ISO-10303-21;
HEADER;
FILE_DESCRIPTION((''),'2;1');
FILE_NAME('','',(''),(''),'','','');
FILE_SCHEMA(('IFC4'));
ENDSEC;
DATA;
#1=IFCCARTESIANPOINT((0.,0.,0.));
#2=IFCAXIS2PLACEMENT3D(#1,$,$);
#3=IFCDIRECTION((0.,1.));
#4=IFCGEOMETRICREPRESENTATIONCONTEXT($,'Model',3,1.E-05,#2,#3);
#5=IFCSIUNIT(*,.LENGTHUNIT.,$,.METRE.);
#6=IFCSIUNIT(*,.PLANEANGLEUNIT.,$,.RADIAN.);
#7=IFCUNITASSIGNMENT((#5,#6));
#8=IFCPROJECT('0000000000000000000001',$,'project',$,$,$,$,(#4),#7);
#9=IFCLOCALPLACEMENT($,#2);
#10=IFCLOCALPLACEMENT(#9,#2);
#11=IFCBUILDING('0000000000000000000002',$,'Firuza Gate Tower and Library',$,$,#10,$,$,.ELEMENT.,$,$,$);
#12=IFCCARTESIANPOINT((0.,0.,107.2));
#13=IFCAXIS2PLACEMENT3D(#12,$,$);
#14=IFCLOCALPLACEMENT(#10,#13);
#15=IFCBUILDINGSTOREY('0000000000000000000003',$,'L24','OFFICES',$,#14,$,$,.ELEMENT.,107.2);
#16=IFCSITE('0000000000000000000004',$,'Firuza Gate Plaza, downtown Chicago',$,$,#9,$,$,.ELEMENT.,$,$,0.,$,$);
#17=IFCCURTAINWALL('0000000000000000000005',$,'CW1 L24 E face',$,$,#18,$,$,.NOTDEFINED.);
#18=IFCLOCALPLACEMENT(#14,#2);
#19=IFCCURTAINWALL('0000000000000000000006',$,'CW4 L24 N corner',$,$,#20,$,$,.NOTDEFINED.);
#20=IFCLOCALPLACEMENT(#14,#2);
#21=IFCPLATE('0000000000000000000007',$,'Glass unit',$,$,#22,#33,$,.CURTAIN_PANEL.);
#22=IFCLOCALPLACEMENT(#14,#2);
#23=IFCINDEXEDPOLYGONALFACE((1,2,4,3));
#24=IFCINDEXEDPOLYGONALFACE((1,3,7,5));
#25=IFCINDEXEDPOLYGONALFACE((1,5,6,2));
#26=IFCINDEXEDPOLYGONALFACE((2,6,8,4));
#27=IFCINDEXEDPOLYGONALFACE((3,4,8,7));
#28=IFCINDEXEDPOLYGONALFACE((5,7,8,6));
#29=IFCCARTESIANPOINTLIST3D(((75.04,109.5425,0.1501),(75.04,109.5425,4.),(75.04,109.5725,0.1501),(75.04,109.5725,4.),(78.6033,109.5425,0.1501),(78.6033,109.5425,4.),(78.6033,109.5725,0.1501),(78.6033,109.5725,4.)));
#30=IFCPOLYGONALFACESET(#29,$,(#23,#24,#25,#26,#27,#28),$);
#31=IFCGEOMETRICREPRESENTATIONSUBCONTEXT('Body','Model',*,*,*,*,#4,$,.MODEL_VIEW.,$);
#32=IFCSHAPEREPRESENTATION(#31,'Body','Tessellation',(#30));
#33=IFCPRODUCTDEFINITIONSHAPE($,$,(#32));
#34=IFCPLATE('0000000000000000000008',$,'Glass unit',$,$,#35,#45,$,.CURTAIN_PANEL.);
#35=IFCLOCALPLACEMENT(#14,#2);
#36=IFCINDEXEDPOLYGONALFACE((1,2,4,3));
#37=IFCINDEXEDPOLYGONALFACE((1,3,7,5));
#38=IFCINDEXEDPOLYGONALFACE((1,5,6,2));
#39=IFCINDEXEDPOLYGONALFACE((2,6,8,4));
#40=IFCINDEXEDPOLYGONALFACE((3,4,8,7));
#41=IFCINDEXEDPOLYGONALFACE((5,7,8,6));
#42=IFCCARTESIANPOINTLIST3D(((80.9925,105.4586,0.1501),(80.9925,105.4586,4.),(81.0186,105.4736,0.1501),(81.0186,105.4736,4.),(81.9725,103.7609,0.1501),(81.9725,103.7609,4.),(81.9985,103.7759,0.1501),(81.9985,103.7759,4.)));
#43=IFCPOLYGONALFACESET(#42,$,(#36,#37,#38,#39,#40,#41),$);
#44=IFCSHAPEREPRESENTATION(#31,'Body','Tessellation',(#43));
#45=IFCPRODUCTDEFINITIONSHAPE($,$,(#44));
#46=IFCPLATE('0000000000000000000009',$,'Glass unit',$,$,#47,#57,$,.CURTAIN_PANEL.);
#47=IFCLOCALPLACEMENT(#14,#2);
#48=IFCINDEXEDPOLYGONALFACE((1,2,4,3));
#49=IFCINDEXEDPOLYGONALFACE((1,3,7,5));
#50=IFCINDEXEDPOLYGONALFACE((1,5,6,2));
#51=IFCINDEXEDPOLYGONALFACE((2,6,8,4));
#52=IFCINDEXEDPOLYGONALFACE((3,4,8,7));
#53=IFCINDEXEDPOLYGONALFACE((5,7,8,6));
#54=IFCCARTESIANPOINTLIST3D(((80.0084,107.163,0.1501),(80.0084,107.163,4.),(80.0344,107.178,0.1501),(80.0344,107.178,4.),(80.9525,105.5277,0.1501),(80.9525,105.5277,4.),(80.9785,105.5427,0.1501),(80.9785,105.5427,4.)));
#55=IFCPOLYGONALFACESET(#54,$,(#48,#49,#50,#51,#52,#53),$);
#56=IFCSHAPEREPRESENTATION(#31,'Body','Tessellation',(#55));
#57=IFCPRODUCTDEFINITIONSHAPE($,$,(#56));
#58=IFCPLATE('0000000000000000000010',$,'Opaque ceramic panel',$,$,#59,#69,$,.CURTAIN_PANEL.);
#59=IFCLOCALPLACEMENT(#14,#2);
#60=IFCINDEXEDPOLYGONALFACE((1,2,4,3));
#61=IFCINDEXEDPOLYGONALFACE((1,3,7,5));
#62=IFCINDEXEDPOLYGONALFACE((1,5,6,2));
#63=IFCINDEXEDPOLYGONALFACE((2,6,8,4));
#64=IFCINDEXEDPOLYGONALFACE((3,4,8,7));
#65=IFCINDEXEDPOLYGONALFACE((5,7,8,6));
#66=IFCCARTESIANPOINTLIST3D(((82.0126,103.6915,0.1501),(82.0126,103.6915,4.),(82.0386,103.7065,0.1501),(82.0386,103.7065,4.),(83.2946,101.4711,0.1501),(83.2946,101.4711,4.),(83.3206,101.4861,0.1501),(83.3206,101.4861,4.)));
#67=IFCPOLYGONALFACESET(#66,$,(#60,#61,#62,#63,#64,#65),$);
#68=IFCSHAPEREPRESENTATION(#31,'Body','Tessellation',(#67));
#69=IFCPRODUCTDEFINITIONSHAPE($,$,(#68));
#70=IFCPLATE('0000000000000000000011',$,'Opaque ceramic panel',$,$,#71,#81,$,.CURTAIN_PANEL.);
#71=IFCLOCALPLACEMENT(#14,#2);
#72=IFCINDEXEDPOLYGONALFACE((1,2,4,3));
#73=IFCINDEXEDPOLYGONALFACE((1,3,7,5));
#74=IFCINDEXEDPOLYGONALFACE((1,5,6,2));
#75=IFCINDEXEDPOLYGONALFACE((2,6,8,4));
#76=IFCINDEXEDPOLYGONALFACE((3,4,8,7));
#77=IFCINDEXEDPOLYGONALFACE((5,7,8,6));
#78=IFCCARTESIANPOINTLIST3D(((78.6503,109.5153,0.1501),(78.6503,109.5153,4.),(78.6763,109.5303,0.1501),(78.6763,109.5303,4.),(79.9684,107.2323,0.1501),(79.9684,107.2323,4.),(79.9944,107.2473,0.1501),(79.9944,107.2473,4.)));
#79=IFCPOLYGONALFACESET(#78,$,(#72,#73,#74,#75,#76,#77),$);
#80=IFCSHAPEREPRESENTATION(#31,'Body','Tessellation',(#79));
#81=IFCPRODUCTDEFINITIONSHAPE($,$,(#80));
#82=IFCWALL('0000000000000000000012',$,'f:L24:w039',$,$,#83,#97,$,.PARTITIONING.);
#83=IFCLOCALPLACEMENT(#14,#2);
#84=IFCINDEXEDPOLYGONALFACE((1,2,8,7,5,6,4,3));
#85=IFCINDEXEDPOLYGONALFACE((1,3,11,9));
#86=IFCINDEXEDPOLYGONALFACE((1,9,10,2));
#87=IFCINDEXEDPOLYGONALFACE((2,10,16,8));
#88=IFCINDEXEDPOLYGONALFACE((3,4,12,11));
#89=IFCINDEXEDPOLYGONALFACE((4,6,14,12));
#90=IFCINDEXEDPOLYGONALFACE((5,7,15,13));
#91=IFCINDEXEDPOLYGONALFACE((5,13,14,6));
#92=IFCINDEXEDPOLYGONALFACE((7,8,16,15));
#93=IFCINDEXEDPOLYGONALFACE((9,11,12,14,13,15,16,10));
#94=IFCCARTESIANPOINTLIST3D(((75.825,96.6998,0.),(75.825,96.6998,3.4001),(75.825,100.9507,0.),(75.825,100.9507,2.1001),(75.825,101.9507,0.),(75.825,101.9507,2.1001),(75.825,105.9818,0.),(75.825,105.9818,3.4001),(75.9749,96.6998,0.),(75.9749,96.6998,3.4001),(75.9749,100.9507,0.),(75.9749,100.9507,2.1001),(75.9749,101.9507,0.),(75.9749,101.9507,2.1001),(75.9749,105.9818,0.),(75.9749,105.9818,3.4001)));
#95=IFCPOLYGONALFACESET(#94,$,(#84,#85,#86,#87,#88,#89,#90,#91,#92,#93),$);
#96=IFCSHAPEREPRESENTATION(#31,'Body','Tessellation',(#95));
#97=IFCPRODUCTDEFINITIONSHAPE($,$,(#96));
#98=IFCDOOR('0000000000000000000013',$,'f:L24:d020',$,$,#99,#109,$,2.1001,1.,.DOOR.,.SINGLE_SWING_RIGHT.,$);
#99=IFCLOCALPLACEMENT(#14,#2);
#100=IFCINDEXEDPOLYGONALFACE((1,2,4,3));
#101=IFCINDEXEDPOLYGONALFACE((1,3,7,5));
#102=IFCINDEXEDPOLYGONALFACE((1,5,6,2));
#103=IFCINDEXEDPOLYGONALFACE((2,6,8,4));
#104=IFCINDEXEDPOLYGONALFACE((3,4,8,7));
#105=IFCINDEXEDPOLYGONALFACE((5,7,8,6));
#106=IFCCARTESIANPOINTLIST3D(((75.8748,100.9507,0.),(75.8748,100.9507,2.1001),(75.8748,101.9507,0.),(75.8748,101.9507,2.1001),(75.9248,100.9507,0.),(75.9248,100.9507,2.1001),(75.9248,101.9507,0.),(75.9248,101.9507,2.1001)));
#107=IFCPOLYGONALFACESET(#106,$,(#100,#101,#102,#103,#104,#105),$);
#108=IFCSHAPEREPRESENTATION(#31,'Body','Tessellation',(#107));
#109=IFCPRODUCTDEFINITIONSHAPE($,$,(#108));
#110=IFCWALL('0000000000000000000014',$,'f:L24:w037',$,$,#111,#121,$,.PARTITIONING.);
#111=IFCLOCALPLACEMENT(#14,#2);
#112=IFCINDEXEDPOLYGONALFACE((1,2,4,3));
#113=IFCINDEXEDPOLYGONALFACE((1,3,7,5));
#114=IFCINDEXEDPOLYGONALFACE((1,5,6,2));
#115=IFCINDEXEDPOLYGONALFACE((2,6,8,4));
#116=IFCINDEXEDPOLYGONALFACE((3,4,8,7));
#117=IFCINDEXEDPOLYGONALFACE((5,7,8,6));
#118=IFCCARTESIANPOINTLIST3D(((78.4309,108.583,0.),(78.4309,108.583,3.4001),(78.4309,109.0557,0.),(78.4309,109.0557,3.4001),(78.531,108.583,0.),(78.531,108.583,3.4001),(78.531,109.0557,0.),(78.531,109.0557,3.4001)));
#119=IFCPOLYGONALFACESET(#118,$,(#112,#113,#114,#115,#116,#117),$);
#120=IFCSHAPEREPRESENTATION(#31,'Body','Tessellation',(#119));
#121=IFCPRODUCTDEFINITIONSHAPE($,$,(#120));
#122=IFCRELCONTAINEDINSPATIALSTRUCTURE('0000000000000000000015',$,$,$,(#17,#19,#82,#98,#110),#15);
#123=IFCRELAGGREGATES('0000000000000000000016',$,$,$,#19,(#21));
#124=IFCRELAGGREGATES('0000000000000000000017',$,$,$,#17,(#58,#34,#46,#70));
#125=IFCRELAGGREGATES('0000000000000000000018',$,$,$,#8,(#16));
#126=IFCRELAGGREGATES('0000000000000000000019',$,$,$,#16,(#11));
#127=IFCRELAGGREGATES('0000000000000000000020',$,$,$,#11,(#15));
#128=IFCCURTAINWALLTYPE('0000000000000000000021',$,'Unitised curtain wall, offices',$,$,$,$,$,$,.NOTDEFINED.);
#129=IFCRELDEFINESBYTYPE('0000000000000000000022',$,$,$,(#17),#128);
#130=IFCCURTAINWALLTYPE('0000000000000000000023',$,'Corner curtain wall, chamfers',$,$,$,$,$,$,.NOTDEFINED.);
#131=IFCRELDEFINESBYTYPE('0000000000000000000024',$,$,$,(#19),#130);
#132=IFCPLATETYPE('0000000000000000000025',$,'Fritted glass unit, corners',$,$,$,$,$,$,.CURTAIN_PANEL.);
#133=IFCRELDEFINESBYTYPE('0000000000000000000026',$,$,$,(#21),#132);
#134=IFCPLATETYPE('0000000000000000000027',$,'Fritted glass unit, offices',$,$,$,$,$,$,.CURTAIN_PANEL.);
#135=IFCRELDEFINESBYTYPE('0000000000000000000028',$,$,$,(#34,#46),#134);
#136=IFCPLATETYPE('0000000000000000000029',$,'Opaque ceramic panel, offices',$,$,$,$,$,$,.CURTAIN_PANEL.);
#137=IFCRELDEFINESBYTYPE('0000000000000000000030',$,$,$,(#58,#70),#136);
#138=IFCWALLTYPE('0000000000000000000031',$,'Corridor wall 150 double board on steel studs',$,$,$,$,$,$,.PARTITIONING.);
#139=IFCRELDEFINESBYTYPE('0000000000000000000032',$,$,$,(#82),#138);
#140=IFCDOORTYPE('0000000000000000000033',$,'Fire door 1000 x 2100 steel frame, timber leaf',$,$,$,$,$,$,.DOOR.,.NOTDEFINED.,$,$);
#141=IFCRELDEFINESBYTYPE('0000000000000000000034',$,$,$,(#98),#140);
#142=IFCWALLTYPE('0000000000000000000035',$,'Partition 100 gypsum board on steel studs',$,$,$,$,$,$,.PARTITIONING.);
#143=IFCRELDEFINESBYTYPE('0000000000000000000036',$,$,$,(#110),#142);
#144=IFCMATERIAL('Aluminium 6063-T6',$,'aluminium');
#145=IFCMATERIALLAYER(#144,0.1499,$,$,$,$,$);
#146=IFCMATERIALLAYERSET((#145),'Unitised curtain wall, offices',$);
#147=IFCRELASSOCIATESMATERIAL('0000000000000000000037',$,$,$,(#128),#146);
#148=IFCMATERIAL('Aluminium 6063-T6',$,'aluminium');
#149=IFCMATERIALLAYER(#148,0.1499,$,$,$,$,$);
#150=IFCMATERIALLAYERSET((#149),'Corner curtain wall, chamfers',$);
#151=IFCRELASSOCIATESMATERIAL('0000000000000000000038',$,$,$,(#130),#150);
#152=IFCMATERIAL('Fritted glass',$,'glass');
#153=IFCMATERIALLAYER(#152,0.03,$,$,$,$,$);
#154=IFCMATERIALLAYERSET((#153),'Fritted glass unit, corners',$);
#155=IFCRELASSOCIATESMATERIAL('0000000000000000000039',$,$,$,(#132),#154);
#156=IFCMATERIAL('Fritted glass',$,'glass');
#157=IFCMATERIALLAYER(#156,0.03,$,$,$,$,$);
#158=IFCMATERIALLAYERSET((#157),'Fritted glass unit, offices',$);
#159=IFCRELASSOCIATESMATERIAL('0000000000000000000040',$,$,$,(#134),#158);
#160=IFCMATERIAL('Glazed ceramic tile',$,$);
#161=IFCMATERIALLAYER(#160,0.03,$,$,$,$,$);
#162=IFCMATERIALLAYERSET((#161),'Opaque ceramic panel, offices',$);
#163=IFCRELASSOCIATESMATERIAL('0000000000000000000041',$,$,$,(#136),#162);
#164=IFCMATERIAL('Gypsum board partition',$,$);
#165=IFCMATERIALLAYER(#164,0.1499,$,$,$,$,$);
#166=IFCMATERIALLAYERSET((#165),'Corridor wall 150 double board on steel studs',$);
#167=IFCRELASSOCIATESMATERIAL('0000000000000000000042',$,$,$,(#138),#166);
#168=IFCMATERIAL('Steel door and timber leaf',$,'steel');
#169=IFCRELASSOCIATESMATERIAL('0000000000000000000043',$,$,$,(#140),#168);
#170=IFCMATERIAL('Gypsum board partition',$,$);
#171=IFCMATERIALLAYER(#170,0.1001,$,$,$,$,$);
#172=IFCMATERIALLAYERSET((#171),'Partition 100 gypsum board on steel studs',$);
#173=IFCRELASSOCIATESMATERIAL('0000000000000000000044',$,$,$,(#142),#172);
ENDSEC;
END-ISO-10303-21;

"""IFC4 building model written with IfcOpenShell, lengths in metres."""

from ifc_helpers import new_model, si_unit, direction, frame, frame_2d, origin, place, context, subcontext, project, spatial, polyline, rectangle, outline, extrude, material, layer, layer_set, type_object, element, fill, aggregate, save


model = new_model("IFC4")

# Units and contexts
model_context = context("Model", 3, precision=1e-05, world=origin(), true_north=direction((0.0, 1.0)))
body_context = subcontext(model_context, "Body", "Model", "MODEL_VIEW")
ifc_project = project(units=[si_unit("LENGTHUNIT", "METRE"), si_unit("PLANEANGLEUNIT", "RADIAN")], contexts=[model_context])

# Site, building, storey
site_placement = place(None, origin())
site = spatial("IfcSite", under=ifc_project, at=site_placement, Name="Firuza Gate Plaza, downtown Chicago", CompositionType="ELEMENT", RefElevation=0.0)
building_placement = place(site_placement, origin())
building = spatial("IfcBuilding", under=site, at=building_placement, Name="Firuza Gate Tower and Library", CompositionType="ELEMENT")
storey_placement = place(building_placement, frame((0.0, 0.0, 107.2)))
storey = spatial("IfcBuildingStorey", under=building, at=storey_placement, Name="L24", Description="OFFICES", CompositionType="ELEMENT", Elevation=107.2)

# Curtain walls
ifc_material_1 = material(Name="Aluminium 6063-T6", Category="aluminium")
ifc_layer_1 = layer(ifc_material_1, 0.1499)
ifc_layer_set_1 = layer_set([ifc_layer_1], Name="Unitised curtain wall, offices")
curtain_wall_type_1 = type_object("IfcCurtainWallType", Name="Unitised curtain wall, offices", PredefinedType="NOTDEFINED", material=ifc_layer_set_1)
placement = place(storey_placement, origin())
curtain_wall_1 = element("IfcCurtainWall", 1, at=placement, inside=storey, type_object=curtain_wall_type_1, Name="CW1 L24 E face", PredefinedType="NOTDEFINED")
ifc_material_2 = material(Name="Aluminium 6063-T6", Category="aluminium")
ifc_layer_2 = layer(ifc_material_2, 0.1499)
ifc_layer_set_2 = layer_set([ifc_layer_2], Name="Corner curtain wall, chamfers")
curtain_wall_type_2 = type_object("IfcCurtainWallType", Name="Corner curtain wall, chamfers", PredefinedType="NOTDEFINED", material=ifc_layer_set_2)
curtain_wall_2 = element("IfcCurtainWall", 2, at=placement, inside=storey, type_object=curtain_wall_type_2, Name="CW4 L24 N corner", PredefinedType="NOTDEFINED")

# Plates
ifc_material_3 = material(Name="Fritted glass", Category="glass")
ifc_layer_3 = layer(ifc_material_3, 0.03)
ifc_layer_set_3 = layer_set([ifc_layer_3], Name="Fritted glass unit, corners")
plate_type_1 = type_object("IfcPlateType", Name="Fritted glass unit, corners", PredefinedType="CURTAIN_PANEL", material=ifc_layer_set_3)
plate_1_placement = place(storey_placement, frame((78.6033, 109.5725, 0.1501), z_axis=(0.0, 1.0, 0.0), x_axis=(-1.0, 0.0, 0.0)))
plate_1 = element("IfcPlate", 3, at=plate_1_placement, type_object=plate_type_1, Name="Glass unit", PredefinedType="CURTAIN_PANEL", context=body_context, shape_type="SweptSolid", body=[
    extrude(outline(polyline([(0.0, 0.0), (3.5632, 0.0), (3.5632, 3.8499), (0.0, 3.8499), (0.0, 0.0)])), origin(), (0.0, 0.0, -1.0), 0.03),
])
aggregate(curtain_wall_2, [plate_1])
ifc_material_4 = material(Name="Fritted glass", Category="glass")
ifc_layer_4 = layer(ifc_material_4, 0.03)
ifc_layer_set_4 = layer_set([ifc_layer_4], Name="Fritted glass unit, offices")
plate_type_2 = type_object("IfcPlateType", Name="Fritted glass unit, offices", PredefinedType="CURTAIN_PANEL", material=ifc_layer_set_4)
plate_2_placement = place(storey_placement, frame((81.9985, 103.7759, 0.1501), z_axis=(0.866074, 0.499917, 0.0), x_axis=(-0.499917, 0.866074, 0.0)))
plate_2 = element("IfcPlate", 4, at=plate_2_placement, type_object=plate_type_2, Name="Glass unit", PredefinedType="CURTAIN_PANEL", context=body_context, shape_type="SweptSolid", body=[
    extrude(outline(polyline([(0.0, 0.0), (1.9603, 0.0), (1.9603, 3.8499), (0.0, 3.8499), (0.0, 0.0)])), origin(), (0.0, 0.0, -1.0), 0.03),
])
plate_3_placement = place(storey_placement, frame((80.9785, 105.5427, 0.1501), z_axis=(0.866031, 0.499991, 0.0), x_axis=(-0.499991, 0.866031, 0.0)))
plate_3 = element("IfcPlate", 5, at=plate_3_placement, type_object=plate_type_2, Name="Glass unit", PredefinedType="CURTAIN_PANEL", context=body_context, shape_type="SweptSolid", body=[
    extrude(outline(polyline([(0.0, 0.0), (1.8882, 0.0), (1.8882, 3.8499), (0.0, 3.8499), (0.0, 0.0)])), origin(), (0.0, 0.0, -1.0), 0.03),
])
ifc_material_5 = material(Name="Glazed ceramic tile")
ifc_layer_5 = layer(ifc_material_5, 0.03)
ifc_layer_set_5 = layer_set([ifc_layer_5], Name="Opaque ceramic panel, offices")
plate_type_3 = type_object("IfcPlateType", Name="Opaque ceramic panel, offices", PredefinedType="CURTAIN_PANEL", material=ifc_layer_set_5)
plate_4_placement = place(storey_placement, frame((83.3206, 101.4861, 0.1501), z_axis=(0.866025, 0.5, 0.0), x_axis=(-0.5, 0.866025, 0.0)))
plate_4 = element("IfcPlate", 6, at=plate_4_placement, type_object=plate_type_3, Name="Opaque ceramic panel", PredefinedType="CURTAIN_PANEL", context=body_context, shape_type="SweptSolid", body=[
    extrude(outline(polyline([(0.0, 0.0), (2.564, 0.0), (2.564, 3.8499), (0.0, 3.8499), (0.0, 0.0)])), origin(), (0.0, 0.0, -1.0), 0.03),
])
plate_5_placement = place(storey_placement, frame((79.9944, 107.2473, 0.1501), z_axis=(0.866017, 0.500014, 0.0), x_axis=(-0.500014, 0.866017, 0.0)))
plate_5 = element("IfcPlate", 7, at=plate_5_placement, type_object=plate_type_3, Name="Opaque ceramic panel", PredefinedType="CURTAIN_PANEL", context=body_context, shape_type="SweptSolid", body=[
    extrude(outline(polyline([(0.0, 0.0), (2.6362, 0.0), (2.6362, 3.8499), (0.0, 3.8499), (0.0, 0.0)])), origin(), (0.0, 0.0, -1.0), 0.03),
])
aggregate(curtain_wall_1, [plate_4, plate_2, plate_3, plate_5])

# Wall, opening, door
ifc_material_6 = material(Name="Gypsum board partition")
ifc_layer_6 = layer(ifc_material_6, 0.1499)
ifc_layer_set_6 = layer_set([ifc_layer_6], Name="Corridor wall 150 double board on steel studs")
wall_type_1 = type_object("IfcWallType", Name="Corridor wall 150 double board on steel studs", PredefinedType="PARTITIONING", material=ifc_layer_set_6)
wall_1_placement = place(storey_placement, frame((75.8999, 105.9819, 0.0), z_axis=(0.0, 0.0, 1.0), x_axis=(0.0, -1.0, 0.0)))
wall_1 = element("IfcWall", 8, at=wall_1_placement, inside=storey, type_object=wall_type_1, Name="f:L24:w039", PredefinedType="PARTITIONING", context=body_context, shape_type="SweptSolid", body=[
    extrude(rectangle(XDim=9.282, YDim=0.1499, at=frame_2d((4.6411, 0.0))), origin(), (0.0, 0.0, 1.0), 3.4001),
])
opening_placement = place(wall_1_placement, frame((4.0312, 0.0, 0.0)))
opening = element("IfcOpeningElement", 9, at=opening_placement, cuts=wall_1, PredefinedType="OPENING", context=body_context, shape_type="SweptSolid", body=[
    extrude(rectangle(XDim=1.0, YDim=2.1001, at=frame_2d((0.5, 1.05))), frame((0.0, 0.085, 0.0), z_axis=(0.0, -1.0, 0.0), x_axis=(1.0, 0.0, 0.0)), (0.0, 0.0, 1.0), 0.1699),
])
ifc_material_7 = material(Name="Steel door and timber leaf", Category="steel")
door_type = type_object("IfcDoorType", Name="Fire door 1000 x 2100 steel frame, timber leaf", OperationType="NOTDEFINED", PredefinedType="DOOR", material=ifc_material_7)
door_placement = place(opening_placement, origin())
door = element("IfcDoor", 10, at=door_placement, inside=storey, type_object=door_type, Name="f:L24:d020", OperationType="SINGLE_SWING_RIGHT", OverallHeight=2.1001, OverallWidth=1.0, PredefinedType="DOOR", context=body_context, shape_type="SweptSolid", body=[
    extrude(rectangle(XDim=1.0, YDim=2.1001, at=frame_2d((0.5, 1.05))), frame((0.0, 0.0249, 0.0), z_axis=(0.0, -1.0, 0.0), x_axis=(1.0, 0.0, 0.0)), (0.0, 0.0, 1.0), 0.05),
])
fill(opening, door)

# Wall
ifc_material_8 = material(Name="Gypsum board partition")
ifc_layer_7 = layer(ifc_material_8, 0.1001)
ifc_layer_set_7 = layer_set([ifc_layer_7], Name="Partition 100 gypsum board on steel studs")
wall_type_2 = type_object("IfcWallType", Name="Partition 100 gypsum board on steel studs", PredefinedType="PARTITIONING", material=ifc_layer_set_7)
wall_2_placement = place(storey_placement, frame((78.481, 108.583, 0.0), z_axis=(0.0, 0.0, 1.0), x_axis=(0.0, 1.0, 0.0)))
element("IfcWall", 11, at=wall_2_placement, inside=storey, type_object=wall_type_2, Name="f:L24:w037", PredefinedType="PARTITIONING", context=body_context, shape_type="SweptSolid", body=[
    extrude(rectangle(XDim=0.4727, YDim=0.1001, at=frame_2d((0.2363, 0.0))), origin(), (0.0, 0.0, 1.0), 3.4001),
])

save(model, "model.ifc")
